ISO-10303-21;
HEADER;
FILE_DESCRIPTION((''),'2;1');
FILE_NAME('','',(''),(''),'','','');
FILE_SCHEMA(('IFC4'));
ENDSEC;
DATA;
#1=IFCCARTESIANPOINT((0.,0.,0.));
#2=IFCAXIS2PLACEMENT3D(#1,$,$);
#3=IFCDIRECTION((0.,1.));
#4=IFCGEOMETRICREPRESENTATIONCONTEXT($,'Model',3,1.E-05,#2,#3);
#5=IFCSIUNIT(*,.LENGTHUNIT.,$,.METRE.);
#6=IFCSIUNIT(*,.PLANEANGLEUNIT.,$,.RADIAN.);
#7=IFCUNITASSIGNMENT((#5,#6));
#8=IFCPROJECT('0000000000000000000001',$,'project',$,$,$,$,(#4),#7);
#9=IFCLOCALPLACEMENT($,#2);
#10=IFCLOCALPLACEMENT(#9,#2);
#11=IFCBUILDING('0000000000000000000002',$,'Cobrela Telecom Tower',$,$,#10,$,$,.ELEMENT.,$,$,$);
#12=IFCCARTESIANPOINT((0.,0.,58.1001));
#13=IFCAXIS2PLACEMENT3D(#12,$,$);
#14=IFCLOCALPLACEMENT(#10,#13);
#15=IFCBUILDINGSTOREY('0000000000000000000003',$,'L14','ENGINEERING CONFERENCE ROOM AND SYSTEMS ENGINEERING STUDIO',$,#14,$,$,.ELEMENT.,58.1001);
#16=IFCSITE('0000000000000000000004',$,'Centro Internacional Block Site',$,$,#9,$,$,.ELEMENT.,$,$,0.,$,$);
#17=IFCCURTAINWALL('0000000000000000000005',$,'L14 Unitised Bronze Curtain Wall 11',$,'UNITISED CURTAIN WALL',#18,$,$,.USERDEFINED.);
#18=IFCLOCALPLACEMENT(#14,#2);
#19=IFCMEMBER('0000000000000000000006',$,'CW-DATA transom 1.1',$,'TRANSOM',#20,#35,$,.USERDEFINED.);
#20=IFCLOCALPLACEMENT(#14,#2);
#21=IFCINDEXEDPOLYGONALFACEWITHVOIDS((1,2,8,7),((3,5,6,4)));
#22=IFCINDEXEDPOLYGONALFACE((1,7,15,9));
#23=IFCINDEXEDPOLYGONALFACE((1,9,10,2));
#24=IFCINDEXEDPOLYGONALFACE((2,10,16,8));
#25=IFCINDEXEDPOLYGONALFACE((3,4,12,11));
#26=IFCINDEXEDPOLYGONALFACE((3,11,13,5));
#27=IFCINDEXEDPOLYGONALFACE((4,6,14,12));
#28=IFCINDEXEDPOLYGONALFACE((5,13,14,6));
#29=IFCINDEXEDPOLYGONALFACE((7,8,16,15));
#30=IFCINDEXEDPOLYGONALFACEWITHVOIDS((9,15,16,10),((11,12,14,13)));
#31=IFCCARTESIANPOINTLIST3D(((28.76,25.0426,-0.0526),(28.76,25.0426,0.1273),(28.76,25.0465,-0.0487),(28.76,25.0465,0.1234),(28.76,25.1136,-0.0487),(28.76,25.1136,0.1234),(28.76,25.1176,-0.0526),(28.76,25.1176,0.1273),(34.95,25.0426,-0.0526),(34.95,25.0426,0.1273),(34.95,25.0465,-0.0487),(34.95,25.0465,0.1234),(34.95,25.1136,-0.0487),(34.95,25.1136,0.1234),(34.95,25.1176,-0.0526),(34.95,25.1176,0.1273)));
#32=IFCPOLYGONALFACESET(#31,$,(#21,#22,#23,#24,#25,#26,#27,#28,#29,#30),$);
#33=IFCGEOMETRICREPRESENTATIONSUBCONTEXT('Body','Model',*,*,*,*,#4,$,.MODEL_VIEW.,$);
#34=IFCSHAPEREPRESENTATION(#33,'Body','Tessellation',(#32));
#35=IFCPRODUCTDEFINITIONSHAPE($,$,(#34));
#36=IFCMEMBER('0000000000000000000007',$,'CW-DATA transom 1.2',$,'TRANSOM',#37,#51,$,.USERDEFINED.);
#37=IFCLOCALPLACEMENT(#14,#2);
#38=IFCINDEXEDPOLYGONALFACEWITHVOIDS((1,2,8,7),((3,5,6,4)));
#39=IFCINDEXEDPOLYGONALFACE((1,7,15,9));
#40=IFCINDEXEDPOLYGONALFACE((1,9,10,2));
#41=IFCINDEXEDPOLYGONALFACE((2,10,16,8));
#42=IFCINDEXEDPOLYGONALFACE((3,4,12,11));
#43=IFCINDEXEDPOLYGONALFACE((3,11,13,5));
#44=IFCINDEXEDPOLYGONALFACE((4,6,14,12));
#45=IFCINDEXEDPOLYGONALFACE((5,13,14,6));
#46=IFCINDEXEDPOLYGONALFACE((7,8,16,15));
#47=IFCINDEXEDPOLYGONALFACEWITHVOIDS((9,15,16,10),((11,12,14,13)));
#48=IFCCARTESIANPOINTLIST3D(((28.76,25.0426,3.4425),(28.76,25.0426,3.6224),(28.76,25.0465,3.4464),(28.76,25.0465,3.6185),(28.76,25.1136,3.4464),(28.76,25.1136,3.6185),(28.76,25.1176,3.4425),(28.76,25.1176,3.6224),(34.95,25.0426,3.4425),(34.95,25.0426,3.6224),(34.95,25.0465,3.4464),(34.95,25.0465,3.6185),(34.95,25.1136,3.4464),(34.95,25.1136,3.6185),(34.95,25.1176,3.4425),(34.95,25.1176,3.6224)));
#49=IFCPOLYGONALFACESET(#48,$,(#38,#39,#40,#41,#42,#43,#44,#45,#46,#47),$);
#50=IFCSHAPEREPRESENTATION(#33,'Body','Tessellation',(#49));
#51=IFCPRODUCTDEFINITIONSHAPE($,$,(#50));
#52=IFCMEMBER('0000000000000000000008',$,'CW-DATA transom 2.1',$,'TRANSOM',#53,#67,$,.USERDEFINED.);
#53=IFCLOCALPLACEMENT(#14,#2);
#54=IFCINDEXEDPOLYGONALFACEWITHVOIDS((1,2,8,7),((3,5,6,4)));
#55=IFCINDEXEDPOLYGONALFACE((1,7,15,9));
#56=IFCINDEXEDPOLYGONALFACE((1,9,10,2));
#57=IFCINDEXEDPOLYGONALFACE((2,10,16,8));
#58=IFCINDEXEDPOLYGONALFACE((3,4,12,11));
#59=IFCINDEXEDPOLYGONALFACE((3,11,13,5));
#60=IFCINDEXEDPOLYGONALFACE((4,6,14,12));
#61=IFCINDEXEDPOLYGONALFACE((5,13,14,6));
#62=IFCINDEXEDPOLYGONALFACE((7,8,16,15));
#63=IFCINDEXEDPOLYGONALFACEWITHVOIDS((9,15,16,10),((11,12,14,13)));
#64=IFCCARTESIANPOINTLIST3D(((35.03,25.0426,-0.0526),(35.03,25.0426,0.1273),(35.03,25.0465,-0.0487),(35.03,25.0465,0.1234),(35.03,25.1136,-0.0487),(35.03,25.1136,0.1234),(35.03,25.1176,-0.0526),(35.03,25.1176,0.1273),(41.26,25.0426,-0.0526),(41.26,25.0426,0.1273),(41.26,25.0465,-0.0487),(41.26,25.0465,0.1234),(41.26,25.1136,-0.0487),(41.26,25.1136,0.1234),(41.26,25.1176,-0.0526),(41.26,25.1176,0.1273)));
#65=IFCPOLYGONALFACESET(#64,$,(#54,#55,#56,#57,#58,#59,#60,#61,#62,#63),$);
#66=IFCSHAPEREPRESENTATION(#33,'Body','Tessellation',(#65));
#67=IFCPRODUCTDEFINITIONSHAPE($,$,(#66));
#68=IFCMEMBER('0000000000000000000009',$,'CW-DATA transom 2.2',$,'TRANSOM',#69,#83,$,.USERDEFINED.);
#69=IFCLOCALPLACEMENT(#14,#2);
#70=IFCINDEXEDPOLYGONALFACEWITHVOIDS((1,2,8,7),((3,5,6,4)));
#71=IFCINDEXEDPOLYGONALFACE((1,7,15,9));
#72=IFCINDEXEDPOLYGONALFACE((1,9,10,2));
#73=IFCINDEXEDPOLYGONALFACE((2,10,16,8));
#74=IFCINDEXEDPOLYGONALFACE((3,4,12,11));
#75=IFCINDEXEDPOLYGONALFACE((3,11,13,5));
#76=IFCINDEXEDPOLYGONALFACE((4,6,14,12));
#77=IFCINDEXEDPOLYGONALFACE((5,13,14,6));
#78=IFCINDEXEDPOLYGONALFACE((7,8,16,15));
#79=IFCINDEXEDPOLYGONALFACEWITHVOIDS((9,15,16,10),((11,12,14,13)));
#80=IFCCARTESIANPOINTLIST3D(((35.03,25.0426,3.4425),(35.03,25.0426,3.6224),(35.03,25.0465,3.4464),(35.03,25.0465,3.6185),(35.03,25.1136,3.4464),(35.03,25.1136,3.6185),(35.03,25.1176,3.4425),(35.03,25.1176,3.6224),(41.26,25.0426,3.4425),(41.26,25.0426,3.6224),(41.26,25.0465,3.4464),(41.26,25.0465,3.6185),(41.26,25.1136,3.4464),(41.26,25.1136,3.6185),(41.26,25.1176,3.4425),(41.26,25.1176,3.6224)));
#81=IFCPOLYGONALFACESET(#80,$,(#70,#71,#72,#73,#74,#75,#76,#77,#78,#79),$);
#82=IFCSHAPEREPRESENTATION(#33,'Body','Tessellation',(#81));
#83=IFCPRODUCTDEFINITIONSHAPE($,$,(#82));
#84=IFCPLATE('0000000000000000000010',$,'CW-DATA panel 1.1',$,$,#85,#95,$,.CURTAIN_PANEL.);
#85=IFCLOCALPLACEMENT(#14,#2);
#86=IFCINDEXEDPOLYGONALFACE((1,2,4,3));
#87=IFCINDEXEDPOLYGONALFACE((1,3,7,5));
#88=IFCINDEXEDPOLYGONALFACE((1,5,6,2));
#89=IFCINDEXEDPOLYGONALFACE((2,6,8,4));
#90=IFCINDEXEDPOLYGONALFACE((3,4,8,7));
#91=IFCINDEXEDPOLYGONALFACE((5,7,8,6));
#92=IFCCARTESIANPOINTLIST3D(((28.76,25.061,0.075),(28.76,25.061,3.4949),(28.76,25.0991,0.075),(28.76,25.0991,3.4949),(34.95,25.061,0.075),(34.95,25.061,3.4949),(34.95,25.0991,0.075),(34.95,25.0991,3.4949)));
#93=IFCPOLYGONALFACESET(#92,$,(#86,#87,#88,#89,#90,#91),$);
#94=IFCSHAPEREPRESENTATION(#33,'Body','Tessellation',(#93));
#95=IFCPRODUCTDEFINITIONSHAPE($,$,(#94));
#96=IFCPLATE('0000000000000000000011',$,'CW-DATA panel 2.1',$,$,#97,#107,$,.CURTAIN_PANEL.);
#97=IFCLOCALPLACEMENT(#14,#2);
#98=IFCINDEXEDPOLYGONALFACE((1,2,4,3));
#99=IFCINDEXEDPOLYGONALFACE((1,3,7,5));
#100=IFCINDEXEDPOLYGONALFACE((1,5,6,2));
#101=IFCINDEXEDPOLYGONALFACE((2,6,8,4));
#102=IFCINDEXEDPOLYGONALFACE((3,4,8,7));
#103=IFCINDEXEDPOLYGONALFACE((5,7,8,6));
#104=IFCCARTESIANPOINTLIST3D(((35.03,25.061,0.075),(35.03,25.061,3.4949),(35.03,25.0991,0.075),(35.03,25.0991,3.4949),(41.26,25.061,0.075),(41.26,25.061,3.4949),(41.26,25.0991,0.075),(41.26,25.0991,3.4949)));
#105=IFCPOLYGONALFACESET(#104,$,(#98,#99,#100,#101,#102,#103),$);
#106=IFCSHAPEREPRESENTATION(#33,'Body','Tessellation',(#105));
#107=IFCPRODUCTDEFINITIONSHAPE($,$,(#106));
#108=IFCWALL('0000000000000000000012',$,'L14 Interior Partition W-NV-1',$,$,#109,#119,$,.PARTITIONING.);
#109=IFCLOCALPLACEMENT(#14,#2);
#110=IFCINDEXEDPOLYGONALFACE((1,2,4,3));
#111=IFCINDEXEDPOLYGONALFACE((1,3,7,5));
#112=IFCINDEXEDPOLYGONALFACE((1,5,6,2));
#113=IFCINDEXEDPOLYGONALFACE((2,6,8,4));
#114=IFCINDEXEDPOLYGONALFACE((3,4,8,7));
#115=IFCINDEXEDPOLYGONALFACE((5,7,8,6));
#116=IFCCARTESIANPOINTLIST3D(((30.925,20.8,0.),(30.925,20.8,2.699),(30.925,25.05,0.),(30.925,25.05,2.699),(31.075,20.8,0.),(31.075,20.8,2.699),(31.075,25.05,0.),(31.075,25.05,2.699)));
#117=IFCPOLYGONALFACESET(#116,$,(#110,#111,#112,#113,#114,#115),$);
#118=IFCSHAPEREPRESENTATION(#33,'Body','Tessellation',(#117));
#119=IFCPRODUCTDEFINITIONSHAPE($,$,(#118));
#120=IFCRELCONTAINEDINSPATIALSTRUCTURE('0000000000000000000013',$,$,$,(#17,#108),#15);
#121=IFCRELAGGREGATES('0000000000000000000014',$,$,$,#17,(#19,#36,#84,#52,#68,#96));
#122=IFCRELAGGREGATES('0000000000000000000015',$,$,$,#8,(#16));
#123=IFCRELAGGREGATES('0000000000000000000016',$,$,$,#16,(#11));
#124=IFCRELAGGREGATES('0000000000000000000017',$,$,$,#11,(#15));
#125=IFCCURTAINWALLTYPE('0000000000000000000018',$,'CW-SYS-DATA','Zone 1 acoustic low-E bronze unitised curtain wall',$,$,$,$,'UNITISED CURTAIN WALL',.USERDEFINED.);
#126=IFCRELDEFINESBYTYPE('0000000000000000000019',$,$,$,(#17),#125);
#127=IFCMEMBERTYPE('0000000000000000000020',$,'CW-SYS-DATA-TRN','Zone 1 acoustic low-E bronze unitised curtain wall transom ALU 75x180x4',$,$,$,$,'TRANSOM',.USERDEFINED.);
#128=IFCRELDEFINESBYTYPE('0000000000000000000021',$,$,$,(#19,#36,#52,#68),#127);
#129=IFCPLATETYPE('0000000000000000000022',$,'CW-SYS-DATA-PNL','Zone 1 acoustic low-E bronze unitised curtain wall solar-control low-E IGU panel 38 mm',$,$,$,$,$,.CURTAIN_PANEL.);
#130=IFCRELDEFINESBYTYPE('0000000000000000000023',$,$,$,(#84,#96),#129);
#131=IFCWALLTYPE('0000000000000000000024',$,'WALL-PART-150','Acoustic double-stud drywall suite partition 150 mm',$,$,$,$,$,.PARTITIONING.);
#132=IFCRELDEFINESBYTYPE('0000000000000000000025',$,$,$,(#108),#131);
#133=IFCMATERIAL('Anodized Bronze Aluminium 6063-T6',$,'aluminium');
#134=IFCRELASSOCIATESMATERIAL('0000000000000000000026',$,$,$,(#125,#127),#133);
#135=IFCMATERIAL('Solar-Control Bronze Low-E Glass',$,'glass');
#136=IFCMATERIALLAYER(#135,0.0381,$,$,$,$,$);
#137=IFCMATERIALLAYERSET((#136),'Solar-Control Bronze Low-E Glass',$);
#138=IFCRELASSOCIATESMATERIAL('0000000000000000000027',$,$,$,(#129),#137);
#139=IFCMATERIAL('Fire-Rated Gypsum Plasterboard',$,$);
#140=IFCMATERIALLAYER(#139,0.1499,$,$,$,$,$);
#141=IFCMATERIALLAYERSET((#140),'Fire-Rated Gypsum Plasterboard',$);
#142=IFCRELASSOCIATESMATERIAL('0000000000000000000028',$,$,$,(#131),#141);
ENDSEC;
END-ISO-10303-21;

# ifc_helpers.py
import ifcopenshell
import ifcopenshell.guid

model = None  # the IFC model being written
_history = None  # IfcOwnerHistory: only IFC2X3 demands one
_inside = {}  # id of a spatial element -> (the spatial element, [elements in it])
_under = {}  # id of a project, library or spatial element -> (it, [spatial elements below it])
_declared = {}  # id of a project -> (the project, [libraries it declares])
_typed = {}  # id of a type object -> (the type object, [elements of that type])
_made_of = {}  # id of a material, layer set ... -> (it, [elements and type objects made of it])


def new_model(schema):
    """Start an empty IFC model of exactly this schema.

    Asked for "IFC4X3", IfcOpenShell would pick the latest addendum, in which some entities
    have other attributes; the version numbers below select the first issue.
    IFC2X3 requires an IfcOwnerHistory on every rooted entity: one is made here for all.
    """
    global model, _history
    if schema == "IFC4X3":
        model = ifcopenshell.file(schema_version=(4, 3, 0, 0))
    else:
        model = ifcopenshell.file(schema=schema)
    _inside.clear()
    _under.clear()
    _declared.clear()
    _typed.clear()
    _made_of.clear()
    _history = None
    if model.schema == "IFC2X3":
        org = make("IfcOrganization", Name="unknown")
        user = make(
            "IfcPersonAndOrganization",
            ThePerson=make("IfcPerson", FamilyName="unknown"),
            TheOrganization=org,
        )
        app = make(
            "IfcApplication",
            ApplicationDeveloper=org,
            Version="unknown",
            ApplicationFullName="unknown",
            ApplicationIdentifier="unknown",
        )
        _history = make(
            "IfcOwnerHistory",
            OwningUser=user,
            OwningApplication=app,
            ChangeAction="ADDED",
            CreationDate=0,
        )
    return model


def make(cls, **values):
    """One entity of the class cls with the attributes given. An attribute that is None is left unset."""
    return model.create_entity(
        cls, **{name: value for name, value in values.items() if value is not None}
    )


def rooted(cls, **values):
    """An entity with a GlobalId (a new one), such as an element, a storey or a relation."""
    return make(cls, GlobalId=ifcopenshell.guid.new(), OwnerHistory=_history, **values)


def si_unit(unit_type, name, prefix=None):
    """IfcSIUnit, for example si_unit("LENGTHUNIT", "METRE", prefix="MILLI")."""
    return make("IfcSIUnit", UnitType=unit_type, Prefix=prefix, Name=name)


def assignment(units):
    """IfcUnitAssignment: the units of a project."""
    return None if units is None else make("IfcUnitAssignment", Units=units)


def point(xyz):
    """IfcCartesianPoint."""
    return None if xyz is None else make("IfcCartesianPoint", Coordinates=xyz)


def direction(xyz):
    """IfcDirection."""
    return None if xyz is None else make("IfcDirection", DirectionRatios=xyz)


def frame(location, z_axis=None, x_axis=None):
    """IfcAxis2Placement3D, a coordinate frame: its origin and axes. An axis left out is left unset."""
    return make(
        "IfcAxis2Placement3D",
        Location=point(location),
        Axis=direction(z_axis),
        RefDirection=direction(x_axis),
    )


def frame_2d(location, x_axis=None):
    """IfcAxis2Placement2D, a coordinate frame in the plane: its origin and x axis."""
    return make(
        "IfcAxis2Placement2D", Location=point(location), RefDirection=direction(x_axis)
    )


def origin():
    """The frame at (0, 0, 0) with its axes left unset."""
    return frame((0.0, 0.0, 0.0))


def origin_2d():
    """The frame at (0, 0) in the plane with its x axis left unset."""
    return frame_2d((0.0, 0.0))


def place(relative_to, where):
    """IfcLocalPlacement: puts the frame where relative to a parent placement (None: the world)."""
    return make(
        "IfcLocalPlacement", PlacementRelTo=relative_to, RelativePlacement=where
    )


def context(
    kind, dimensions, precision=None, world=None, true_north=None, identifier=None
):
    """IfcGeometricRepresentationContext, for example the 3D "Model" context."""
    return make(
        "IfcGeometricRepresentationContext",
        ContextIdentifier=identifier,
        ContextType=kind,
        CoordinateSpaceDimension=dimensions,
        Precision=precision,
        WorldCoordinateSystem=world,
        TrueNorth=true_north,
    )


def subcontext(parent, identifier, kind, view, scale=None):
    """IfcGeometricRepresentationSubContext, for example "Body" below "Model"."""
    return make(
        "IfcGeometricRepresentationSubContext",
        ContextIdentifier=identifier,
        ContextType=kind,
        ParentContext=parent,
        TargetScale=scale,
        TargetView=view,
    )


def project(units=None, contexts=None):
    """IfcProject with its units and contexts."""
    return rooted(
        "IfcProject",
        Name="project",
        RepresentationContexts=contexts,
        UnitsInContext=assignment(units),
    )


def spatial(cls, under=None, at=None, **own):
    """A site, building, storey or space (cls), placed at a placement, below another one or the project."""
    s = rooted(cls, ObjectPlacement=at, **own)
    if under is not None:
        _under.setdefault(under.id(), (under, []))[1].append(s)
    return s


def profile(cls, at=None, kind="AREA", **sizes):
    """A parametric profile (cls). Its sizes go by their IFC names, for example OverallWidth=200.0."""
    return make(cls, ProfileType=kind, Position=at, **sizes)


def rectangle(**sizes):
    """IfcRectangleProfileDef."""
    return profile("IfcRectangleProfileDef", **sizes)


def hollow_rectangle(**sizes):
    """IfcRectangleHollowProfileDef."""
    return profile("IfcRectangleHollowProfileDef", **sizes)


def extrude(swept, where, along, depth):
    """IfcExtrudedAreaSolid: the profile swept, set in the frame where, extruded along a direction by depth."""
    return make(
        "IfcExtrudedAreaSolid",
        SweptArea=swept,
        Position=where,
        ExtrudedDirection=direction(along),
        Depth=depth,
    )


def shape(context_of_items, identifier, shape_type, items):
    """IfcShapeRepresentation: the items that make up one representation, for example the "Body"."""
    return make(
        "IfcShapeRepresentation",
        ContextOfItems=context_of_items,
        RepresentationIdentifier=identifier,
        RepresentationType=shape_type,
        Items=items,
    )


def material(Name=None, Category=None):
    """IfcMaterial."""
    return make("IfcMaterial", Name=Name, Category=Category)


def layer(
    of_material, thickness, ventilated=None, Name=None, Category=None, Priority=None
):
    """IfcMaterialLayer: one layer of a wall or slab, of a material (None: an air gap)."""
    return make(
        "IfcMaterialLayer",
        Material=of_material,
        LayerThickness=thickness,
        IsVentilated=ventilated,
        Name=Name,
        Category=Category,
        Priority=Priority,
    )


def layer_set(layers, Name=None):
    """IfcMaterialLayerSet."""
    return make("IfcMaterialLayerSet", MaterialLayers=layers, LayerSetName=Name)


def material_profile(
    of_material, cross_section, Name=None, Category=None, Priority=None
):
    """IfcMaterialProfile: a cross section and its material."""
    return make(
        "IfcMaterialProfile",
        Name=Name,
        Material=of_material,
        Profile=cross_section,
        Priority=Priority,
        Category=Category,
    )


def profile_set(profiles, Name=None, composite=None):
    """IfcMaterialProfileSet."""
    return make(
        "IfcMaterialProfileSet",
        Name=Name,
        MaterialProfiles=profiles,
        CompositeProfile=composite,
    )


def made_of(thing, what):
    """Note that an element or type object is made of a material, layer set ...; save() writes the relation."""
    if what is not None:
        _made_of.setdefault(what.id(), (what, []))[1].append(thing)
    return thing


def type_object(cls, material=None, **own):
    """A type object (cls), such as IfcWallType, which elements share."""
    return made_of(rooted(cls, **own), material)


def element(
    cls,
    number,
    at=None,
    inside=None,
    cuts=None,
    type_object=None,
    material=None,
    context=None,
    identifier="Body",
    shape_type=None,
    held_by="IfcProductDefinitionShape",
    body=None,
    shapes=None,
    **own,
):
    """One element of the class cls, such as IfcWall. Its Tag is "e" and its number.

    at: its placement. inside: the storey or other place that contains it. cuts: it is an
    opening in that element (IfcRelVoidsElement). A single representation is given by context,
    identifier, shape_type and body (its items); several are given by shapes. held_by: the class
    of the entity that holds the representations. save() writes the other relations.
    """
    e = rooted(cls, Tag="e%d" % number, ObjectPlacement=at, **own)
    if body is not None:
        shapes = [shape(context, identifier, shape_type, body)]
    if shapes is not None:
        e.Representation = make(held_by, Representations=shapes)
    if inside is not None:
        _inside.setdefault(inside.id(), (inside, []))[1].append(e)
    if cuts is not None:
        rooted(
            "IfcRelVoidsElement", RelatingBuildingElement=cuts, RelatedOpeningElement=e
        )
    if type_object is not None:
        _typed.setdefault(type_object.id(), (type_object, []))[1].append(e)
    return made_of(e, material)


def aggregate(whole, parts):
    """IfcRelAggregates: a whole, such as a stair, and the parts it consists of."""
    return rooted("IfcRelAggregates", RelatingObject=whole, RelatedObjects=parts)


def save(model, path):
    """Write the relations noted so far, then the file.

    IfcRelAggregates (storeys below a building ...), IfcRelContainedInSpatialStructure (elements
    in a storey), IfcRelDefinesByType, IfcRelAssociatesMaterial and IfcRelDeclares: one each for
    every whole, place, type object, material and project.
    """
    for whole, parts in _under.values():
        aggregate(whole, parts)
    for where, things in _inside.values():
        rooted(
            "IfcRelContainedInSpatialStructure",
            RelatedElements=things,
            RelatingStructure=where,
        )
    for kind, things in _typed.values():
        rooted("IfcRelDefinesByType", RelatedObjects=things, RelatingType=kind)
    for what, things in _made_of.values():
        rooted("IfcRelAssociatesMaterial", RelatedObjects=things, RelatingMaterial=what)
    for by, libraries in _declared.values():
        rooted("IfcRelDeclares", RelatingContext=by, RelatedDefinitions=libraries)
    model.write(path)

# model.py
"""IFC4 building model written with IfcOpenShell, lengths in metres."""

from ifc_helpers import new_model, si_unit, direction, frame, frame_2d, origin, origin_2d, place, context, subcontext, project, spatial, rectangle, hollow_rectangle, extrude, material, layer, layer_set, material_profile, profile_set, type_object, element, aggregate, save


model = new_model("IFC4")

# Units and contexts
model_context = context("Model", 3, precision=1e-05, world=origin(), true_north=direction((0.0, 1.0)))
body_context = subcontext(model_context, "Body", "Model", "MODEL_VIEW")
ifc_project = project(units=[si_unit("LENGTHUNIT", "METRE"), si_unit("PLANEANGLEUNIT", "RADIAN")], contexts=[model_context])

# Site, building, storey
site_placement = place(None, origin())
site = spatial("IfcSite", under=ifc_project, at=site_placement, Name="Centro Internacional Block Site", CompositionType="ELEMENT", RefElevation=0.0)
building_placement = place(site_placement, origin())
building = spatial("IfcBuilding", under=site, at=building_placement, Name="Cobrela Telecom Tower", CompositionType="ELEMENT")
storey_placement = place(building_placement, frame((0.0, 0.0, 58.1001)))
storey = spatial("IfcBuildingStorey", under=building, at=storey_placement, Name="L14", Description="ENGINEERING CONFERENCE ROOM AND SYSTEMS ENGINEERING STUDIO", CompositionType="ELEMENT", Elevation=58.1001)

# Curtain wall, members, plates
ifc_material_1 = material(Name="Anodized Bronze Aluminium 6063-T6", Category="aluminium")
curtain_wall_type = type_object("IfcCurtainWallType", Name="CW-SYS-DATA", Description="Zone 1 acoustic low-E bronze unitised curtain wall", ElementType="UNITISED CURTAIN WALL", PredefinedType="USERDEFINED", material=ifc_material_1)
curtain_wall_placement = place(storey_placement, origin())
curtain_wall = element("IfcCurtainWall", 1, at=curtain_wall_placement, inside=storey, type_object=curtain_wall_type, Name="L14 Unitised Bronze Curtain Wall 11", ObjectType="UNITISED CURTAIN WALL", PredefinedType="USERDEFINED")
ifc_material_profile_1 = material_profile(ifc_material_1, hollow_rectangle(XDim=0.075, YDim=0.1799, WallThickness=0.0039, at=origin_2d()), Name="ALU 75x180x4")
ifc_profile_set_1 = profile_set([ifc_material_profile_1], Name="Anodized Bronze Aluminium 6063-T6")
member_type_1 = type_object("IfcMemberType", Name="CW-SYS-DATA-TRN", Description="Zone 1 acoustic low-E bronze unitised curtain wall transom ALU 75x180x4", ElementType="TRANSOM", PredefinedType="USERDEFINED", material=ifc_profile_set_1)
member_1_placement = place(storey_placement, frame((28.76, 25.0801, 0.0374), z_axis=(1.0, 0.0, 0.0), x_axis=(0.0, 1.0, 0.0)))
member_1 = element("IfcMember", 2, at=member_1_placement, type_object=member_type_1, Name="CW-DATA transom 1.1", ObjectType="TRANSOM", PredefinedType="USERDEFINED", context=body_context, shape_type="SweptSolid", body=[
    extrude(hollow_rectangle(XDim=0.075, YDim=0.1799, WallThickness=0.0039, at=origin_2d()), origin(), (0.0, 0.0, 1.0), 6.1899),
])
member_2_placement = place(storey_placement, frame((28.76, 25.0801, 3.5325), z_axis=(1.0, 0.0, 0.0), x_axis=(0.0, 1.0, 0.0)))
member_2 = element("IfcMember", 3, at=member_2_placement, type_object=member_type_1, Name="CW-DATA transom 1.2", ObjectType="TRANSOM", PredefinedType="USERDEFINED", context=body_context, shape_type="SweptSolid", body=[
    extrude(hollow_rectangle(XDim=0.075, YDim=0.1799, WallThickness=0.0039, at=origin_2d()), origin(), (0.0, 0.0, 1.0), 6.1899),
])
member_3_placement = place(storey_placement, frame((35.03, 25.0801, 0.0374), z_axis=(1.0, 0.0, 0.0), x_axis=(0.0, 1.0, 0.0)))
member_3 = element("IfcMember", 4, at=member_3_placement, type_object=member_type_1, Name="CW-DATA transom 2.1", ObjectType="TRANSOM", PredefinedType="USERDEFINED", context=body_context, shape_type="SweptSolid", body=[
    extrude(hollow_rectangle(XDim=0.075, YDim=0.1799, WallThickness=0.0039, at=origin_2d()), origin(), (0.0, 0.0, 1.0), 6.23),
])
member_4_placement = place(storey_placement, frame((35.03, 25.0801, 3.5325), z_axis=(1.0, 0.0, 0.0), x_axis=(0.0, 1.0, 0.0)))
member_4 = element("IfcMember", 5, at=member_4_placement, type_object=member_type_1, Name="CW-DATA transom 2.2", ObjectType="TRANSOM", PredefinedType="USERDEFINED", context=body_context, shape_type="SweptSolid", body=[
    extrude(hollow_rectangle(XDim=0.075, YDim=0.1799, WallThickness=0.0039, at=origin_2d()), origin(), (0.0, 0.0, 1.0), 6.23),
])
ifc_material_2 = material(Name="Solar-Control Bronze Low-E Glass", Category="glass")
ifc_layer_1 = layer(ifc_material_2, 0.0381)
ifc_layer_set_1 = layer_set([ifc_layer_1], Name="Solar-Control Bronze Low-E Glass")
plate_type = type_object("IfcPlateType", Name="CW-SYS-DATA-PNL", Description="Zone 1 acoustic low-E bronze unitised curtain wall solar-control low-E IGU panel 38 mm", PredefinedType="CURTAIN_PANEL", material=ifc_layer_set_1)
plate_1_placement = place(storey_placement, frame((31.855, 25.0801, 0.075), z_axis=(0.0, 0.0, 1.0), x_axis=(1.0, 0.0, 0.0)))
plate_1 = element("IfcPlate", 6, at=plate_1_placement, type_object=plate_type, Name="CW-DATA panel 1.1", PredefinedType="CURTAIN_PANEL", context=body_context, shape_type="SweptSolid", body=[
    extrude(rectangle(XDim=6.1899, YDim=0.0381, at=origin_2d()), origin(), (0.0, 0.0, 1.0), 3.4199),
])
plate_2_placement = place(storey_placement, frame((38.145, 25.0801, 0.075), z_axis=(0.0, 0.0, 1.0), x_axis=(1.0, 0.0, 0.0)))
plate_2 = element("IfcPlate", 7, at=plate_2_placement, type_object=plate_type, Name="CW-DATA panel 2.1", PredefinedType="CURTAIN_PANEL", context=body_context, shape_type="SweptSolid", body=[
    extrude(rectangle(XDim=6.23, YDim=0.0381, at=origin_2d()), origin(), (0.0, 0.0, 1.0), 3.4199),
])
aggregate(curtain_wall, [member_1, member_2, plate_1, member_3, member_4, plate_2])

# Wall
ifc_material_3 = material(Name="Fire-Rated Gypsum Plasterboard")
ifc_layer_2 = layer(ifc_material_3, 0.1499)
ifc_layer_set_2 = layer_set([ifc_layer_2], Name="Fire-Rated Gypsum Plasterboard")
wall_type = type_object("IfcWallType", Name="WALL-PART-150", Description="Acoustic double-stud drywall suite partition 150 mm", PredefinedType="PARTITIONING", material=ifc_layer_set_2)
wall_placement = place(storey_placement, frame((31.0, 20.8, 0.0), z_axis=(0.0, 0.0, 1.0), x_axis=(0.0, 1.0, 0.0)))
element("IfcWall", 8, at=wall_placement, inside=storey, type_object=wall_type, Name="L14 Interior Partition W-NV-1", PredefinedType="PARTITIONING", context=body_context, shape_type="SweptSolid", body=[
    extrude(rectangle(XDim=4.25, YDim=0.1499, at=frame_2d((2.125, 0.0))), origin(), (0.0, 0.0, 1.0), 2.699),
])

save(model, "model.ifc")
